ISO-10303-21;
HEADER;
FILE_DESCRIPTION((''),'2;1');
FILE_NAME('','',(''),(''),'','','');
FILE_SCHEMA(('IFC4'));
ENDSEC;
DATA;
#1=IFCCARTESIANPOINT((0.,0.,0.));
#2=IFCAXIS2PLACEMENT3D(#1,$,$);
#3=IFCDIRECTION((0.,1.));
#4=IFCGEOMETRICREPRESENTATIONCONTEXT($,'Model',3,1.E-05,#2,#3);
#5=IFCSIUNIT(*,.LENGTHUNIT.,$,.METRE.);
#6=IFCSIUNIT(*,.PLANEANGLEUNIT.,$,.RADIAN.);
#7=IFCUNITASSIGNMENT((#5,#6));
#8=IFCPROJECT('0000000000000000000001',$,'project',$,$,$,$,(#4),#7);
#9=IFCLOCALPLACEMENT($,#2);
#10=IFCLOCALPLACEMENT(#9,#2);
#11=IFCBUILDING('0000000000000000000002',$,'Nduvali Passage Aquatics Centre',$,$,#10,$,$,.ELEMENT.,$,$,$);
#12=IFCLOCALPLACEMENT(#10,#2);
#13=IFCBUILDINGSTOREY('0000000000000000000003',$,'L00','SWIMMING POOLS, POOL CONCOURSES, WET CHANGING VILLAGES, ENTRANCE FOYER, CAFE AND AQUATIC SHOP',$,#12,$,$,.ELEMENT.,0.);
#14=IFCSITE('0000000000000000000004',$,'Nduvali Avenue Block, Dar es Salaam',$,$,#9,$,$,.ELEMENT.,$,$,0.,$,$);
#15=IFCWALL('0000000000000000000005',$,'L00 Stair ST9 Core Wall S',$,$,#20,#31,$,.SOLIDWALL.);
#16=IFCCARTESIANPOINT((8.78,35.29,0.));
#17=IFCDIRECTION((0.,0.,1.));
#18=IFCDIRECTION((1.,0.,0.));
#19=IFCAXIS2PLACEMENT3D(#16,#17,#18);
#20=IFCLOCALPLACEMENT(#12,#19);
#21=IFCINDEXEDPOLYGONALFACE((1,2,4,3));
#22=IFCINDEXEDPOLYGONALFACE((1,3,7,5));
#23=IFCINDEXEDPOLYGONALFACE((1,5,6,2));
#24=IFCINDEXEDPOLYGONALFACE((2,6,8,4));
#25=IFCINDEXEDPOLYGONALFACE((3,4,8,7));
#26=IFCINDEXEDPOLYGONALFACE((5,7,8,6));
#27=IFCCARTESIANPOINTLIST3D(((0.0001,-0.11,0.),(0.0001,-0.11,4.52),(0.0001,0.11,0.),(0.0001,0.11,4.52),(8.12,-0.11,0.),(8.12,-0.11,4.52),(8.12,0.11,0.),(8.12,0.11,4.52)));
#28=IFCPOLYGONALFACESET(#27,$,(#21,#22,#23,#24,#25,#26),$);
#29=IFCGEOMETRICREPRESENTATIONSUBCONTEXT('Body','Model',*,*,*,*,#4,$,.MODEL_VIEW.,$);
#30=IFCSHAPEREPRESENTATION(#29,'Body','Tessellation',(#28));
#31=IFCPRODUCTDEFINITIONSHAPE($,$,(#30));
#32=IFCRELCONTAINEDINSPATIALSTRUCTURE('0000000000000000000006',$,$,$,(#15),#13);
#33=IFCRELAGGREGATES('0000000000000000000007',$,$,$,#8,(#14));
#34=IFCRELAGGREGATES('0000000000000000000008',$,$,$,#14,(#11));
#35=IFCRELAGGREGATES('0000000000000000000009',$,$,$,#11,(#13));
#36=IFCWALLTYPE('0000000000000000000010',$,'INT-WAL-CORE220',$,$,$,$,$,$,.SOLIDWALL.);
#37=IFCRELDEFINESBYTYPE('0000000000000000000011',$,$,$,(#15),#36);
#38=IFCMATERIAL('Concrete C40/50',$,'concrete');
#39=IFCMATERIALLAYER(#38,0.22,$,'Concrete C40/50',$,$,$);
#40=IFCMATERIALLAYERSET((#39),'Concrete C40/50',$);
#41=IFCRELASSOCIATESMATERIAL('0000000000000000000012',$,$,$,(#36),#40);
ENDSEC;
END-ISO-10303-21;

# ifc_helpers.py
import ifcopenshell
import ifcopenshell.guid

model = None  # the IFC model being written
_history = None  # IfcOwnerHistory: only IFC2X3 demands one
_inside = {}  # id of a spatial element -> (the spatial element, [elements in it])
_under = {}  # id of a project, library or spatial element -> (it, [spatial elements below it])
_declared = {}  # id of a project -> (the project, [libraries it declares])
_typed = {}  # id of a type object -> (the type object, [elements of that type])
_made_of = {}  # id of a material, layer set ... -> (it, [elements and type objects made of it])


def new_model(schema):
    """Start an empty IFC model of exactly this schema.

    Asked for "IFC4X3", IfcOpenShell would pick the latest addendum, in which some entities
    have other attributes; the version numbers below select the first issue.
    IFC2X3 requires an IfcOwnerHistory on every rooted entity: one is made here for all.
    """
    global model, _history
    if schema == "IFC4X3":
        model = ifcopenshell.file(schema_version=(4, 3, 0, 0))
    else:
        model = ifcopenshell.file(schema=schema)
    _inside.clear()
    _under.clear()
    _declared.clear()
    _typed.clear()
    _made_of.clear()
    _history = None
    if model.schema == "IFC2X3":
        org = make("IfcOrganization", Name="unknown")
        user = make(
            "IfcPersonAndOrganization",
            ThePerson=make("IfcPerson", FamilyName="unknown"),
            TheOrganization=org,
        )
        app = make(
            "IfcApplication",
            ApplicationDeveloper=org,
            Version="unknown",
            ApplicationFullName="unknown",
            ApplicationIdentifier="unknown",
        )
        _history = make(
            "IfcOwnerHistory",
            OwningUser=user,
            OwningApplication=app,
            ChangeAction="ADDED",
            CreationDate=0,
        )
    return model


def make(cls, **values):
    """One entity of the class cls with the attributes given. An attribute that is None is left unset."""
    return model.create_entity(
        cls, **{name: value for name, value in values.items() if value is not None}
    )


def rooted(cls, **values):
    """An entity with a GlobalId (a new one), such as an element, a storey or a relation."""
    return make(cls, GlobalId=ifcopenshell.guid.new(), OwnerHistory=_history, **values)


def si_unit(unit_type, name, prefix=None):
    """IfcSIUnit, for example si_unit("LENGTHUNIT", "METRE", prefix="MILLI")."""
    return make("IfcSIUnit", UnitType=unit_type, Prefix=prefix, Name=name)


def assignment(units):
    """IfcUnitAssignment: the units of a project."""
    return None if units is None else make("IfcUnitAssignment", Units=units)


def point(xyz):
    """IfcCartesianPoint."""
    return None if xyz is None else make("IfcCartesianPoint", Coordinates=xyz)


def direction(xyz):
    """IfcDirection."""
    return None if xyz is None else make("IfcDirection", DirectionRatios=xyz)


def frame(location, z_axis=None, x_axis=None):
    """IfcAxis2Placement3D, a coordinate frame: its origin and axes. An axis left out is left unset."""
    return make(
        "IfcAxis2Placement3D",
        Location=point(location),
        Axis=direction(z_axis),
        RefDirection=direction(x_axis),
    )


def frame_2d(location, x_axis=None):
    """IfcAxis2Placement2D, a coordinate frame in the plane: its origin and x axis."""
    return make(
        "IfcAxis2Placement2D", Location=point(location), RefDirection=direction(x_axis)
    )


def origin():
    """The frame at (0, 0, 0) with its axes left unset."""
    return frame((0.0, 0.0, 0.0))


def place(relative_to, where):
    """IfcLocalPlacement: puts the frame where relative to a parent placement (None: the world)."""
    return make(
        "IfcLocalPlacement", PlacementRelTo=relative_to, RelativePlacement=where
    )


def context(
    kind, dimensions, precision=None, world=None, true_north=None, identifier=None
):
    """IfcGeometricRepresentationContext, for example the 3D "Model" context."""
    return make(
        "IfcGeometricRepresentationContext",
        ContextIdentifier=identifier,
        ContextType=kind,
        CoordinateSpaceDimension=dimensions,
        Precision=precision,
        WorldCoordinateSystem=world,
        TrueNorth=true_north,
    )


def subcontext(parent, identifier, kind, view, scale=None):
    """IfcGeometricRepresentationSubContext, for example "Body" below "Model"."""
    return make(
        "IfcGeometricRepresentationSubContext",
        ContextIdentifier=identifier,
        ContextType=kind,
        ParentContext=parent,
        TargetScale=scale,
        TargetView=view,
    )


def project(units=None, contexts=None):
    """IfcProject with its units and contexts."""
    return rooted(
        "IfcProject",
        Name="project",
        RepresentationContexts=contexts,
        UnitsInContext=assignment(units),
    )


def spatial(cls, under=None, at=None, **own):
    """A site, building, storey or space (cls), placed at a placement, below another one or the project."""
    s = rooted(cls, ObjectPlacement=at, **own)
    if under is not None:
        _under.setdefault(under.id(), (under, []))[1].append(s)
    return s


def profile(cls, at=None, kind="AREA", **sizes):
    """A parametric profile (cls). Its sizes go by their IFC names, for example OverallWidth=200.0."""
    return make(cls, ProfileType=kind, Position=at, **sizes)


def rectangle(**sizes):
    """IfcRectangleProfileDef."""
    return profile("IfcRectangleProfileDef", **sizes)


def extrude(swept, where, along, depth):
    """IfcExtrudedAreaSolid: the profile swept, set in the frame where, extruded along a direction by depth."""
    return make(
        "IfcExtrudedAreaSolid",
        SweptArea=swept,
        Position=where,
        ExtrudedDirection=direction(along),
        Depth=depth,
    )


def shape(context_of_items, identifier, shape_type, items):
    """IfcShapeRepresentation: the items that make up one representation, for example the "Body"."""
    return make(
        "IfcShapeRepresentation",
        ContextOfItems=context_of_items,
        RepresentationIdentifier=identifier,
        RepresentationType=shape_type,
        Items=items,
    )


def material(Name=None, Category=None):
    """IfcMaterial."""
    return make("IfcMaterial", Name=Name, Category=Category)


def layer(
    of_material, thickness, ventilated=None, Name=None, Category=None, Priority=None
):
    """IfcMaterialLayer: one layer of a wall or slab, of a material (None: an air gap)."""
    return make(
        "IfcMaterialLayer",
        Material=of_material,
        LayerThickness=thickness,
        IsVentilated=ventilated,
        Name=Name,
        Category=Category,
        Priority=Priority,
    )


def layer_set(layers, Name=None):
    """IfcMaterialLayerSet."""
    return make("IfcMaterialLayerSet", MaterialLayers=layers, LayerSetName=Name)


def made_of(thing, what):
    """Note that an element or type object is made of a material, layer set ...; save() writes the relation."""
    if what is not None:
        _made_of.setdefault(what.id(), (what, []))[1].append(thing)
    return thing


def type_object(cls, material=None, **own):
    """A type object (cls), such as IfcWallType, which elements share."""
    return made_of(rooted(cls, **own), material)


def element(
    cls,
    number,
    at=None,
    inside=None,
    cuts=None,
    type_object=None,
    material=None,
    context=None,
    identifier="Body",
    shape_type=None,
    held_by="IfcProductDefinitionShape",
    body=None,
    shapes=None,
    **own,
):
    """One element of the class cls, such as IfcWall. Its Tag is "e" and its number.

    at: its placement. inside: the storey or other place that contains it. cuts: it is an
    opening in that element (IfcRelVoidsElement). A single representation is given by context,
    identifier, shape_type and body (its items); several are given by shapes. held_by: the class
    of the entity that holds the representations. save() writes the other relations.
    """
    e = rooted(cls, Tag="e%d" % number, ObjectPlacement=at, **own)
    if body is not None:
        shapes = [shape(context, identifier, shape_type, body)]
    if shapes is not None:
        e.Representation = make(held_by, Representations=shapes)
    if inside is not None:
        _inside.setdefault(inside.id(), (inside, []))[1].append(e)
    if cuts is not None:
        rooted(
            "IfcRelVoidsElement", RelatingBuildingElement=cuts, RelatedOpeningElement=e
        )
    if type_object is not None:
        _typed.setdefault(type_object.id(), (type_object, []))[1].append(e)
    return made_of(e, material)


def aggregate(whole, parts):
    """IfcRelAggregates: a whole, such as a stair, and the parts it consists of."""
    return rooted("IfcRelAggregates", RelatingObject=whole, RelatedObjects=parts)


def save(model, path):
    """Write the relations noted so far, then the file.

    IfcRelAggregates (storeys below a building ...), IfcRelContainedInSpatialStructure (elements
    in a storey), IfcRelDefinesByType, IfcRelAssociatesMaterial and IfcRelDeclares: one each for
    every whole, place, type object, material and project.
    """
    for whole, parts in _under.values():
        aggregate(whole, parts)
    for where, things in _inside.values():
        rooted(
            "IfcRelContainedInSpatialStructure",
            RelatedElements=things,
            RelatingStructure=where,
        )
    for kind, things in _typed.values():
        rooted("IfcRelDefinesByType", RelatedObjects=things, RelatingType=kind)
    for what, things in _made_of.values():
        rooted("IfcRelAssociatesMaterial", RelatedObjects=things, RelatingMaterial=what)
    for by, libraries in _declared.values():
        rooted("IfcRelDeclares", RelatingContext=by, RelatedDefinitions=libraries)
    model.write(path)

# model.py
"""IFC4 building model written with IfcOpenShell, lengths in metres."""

from ifc_helpers import new_model, si_unit, direction, frame, frame_2d, origin, place, context, subcontext, project, spatial, rectangle, extrude, material, layer, layer_set, type_object, element, save


model = new_model("IFC4")

# Units and contexts
model_context = context("Model", 3, precision=1e-05, world=origin(), true_north=direction((0.0, 1.0)))
body_context = subcontext(model_context, "Body", "Model", "MODEL_VIEW")
ifc_project = project(units=[si_unit("LENGTHUNIT", "METRE"), si_unit("PLANEANGLEUNIT", "RADIAN")], contexts=[model_context])

# Site, building, storey
site_placement = place(None, origin())
site = spatial("IfcSite", under=ifc_project, at=site_placement, Name="Nduvali Avenue Block, Dar es Salaam", CompositionType="ELEMENT", RefElevation=0.0)
building_placement = place(site_placement, origin())
building = spatial("IfcBuilding", under=site, at=building_placement, Name="Nduvali Passage Aquatics Centre", CompositionType="ELEMENT")
storey_placement = place(building_placement, origin())
storey = spatial("IfcBuildingStorey", under=building, at=storey_placement, Name="L00", Description="SWIMMING POOLS, POOL CONCOURSES, WET CHANGING VILLAGES, ENTRANCE FOYER, CAFE AND AQUATIC SHOP", CompositionType="ELEMENT", Elevation=0.0)

# Shared definitions
ifc_material_1 = material(Name="Concrete C40/50", Category="concrete")

# Wall
ifc_layer_1 = layer(ifc_material_1, 0.22, Name="Concrete C40/50")
ifc_layer_set_1 = layer_set([ifc_layer_1], Name="Concrete C40/50")
wall_type_1 = type_object("IfcWallType", Name="INT-WAL-CORE220", PredefinedType="SOLIDWALL", material=ifc_layer_set_1)
for number, where, z_axis, x_axis, name in (
    (1, (8.78, 35.29, 0.0), (0.0, 0.0, 1.0), (1.0, 0.0, 0.0), "L00 Stair ST9 Core Wall S"),
):
    element("IfcWall", number, at=place(storey_placement, frame(where, z_axis=z_axis, x_axis=x_axis)), inside=storey, type_object=wall_type_1, Name=name, PredefinedType="SOLIDWALL", context=body_context, shape_type="SweptSolid", body=[
        extrude(rectangle(XDim=8.1199, YDim=0.22, at=frame_2d((4.0601, 0.0))), origin(), (0.0, 0.0, 1.0), 4.52),
    ])

save(model, "model.ifc")
